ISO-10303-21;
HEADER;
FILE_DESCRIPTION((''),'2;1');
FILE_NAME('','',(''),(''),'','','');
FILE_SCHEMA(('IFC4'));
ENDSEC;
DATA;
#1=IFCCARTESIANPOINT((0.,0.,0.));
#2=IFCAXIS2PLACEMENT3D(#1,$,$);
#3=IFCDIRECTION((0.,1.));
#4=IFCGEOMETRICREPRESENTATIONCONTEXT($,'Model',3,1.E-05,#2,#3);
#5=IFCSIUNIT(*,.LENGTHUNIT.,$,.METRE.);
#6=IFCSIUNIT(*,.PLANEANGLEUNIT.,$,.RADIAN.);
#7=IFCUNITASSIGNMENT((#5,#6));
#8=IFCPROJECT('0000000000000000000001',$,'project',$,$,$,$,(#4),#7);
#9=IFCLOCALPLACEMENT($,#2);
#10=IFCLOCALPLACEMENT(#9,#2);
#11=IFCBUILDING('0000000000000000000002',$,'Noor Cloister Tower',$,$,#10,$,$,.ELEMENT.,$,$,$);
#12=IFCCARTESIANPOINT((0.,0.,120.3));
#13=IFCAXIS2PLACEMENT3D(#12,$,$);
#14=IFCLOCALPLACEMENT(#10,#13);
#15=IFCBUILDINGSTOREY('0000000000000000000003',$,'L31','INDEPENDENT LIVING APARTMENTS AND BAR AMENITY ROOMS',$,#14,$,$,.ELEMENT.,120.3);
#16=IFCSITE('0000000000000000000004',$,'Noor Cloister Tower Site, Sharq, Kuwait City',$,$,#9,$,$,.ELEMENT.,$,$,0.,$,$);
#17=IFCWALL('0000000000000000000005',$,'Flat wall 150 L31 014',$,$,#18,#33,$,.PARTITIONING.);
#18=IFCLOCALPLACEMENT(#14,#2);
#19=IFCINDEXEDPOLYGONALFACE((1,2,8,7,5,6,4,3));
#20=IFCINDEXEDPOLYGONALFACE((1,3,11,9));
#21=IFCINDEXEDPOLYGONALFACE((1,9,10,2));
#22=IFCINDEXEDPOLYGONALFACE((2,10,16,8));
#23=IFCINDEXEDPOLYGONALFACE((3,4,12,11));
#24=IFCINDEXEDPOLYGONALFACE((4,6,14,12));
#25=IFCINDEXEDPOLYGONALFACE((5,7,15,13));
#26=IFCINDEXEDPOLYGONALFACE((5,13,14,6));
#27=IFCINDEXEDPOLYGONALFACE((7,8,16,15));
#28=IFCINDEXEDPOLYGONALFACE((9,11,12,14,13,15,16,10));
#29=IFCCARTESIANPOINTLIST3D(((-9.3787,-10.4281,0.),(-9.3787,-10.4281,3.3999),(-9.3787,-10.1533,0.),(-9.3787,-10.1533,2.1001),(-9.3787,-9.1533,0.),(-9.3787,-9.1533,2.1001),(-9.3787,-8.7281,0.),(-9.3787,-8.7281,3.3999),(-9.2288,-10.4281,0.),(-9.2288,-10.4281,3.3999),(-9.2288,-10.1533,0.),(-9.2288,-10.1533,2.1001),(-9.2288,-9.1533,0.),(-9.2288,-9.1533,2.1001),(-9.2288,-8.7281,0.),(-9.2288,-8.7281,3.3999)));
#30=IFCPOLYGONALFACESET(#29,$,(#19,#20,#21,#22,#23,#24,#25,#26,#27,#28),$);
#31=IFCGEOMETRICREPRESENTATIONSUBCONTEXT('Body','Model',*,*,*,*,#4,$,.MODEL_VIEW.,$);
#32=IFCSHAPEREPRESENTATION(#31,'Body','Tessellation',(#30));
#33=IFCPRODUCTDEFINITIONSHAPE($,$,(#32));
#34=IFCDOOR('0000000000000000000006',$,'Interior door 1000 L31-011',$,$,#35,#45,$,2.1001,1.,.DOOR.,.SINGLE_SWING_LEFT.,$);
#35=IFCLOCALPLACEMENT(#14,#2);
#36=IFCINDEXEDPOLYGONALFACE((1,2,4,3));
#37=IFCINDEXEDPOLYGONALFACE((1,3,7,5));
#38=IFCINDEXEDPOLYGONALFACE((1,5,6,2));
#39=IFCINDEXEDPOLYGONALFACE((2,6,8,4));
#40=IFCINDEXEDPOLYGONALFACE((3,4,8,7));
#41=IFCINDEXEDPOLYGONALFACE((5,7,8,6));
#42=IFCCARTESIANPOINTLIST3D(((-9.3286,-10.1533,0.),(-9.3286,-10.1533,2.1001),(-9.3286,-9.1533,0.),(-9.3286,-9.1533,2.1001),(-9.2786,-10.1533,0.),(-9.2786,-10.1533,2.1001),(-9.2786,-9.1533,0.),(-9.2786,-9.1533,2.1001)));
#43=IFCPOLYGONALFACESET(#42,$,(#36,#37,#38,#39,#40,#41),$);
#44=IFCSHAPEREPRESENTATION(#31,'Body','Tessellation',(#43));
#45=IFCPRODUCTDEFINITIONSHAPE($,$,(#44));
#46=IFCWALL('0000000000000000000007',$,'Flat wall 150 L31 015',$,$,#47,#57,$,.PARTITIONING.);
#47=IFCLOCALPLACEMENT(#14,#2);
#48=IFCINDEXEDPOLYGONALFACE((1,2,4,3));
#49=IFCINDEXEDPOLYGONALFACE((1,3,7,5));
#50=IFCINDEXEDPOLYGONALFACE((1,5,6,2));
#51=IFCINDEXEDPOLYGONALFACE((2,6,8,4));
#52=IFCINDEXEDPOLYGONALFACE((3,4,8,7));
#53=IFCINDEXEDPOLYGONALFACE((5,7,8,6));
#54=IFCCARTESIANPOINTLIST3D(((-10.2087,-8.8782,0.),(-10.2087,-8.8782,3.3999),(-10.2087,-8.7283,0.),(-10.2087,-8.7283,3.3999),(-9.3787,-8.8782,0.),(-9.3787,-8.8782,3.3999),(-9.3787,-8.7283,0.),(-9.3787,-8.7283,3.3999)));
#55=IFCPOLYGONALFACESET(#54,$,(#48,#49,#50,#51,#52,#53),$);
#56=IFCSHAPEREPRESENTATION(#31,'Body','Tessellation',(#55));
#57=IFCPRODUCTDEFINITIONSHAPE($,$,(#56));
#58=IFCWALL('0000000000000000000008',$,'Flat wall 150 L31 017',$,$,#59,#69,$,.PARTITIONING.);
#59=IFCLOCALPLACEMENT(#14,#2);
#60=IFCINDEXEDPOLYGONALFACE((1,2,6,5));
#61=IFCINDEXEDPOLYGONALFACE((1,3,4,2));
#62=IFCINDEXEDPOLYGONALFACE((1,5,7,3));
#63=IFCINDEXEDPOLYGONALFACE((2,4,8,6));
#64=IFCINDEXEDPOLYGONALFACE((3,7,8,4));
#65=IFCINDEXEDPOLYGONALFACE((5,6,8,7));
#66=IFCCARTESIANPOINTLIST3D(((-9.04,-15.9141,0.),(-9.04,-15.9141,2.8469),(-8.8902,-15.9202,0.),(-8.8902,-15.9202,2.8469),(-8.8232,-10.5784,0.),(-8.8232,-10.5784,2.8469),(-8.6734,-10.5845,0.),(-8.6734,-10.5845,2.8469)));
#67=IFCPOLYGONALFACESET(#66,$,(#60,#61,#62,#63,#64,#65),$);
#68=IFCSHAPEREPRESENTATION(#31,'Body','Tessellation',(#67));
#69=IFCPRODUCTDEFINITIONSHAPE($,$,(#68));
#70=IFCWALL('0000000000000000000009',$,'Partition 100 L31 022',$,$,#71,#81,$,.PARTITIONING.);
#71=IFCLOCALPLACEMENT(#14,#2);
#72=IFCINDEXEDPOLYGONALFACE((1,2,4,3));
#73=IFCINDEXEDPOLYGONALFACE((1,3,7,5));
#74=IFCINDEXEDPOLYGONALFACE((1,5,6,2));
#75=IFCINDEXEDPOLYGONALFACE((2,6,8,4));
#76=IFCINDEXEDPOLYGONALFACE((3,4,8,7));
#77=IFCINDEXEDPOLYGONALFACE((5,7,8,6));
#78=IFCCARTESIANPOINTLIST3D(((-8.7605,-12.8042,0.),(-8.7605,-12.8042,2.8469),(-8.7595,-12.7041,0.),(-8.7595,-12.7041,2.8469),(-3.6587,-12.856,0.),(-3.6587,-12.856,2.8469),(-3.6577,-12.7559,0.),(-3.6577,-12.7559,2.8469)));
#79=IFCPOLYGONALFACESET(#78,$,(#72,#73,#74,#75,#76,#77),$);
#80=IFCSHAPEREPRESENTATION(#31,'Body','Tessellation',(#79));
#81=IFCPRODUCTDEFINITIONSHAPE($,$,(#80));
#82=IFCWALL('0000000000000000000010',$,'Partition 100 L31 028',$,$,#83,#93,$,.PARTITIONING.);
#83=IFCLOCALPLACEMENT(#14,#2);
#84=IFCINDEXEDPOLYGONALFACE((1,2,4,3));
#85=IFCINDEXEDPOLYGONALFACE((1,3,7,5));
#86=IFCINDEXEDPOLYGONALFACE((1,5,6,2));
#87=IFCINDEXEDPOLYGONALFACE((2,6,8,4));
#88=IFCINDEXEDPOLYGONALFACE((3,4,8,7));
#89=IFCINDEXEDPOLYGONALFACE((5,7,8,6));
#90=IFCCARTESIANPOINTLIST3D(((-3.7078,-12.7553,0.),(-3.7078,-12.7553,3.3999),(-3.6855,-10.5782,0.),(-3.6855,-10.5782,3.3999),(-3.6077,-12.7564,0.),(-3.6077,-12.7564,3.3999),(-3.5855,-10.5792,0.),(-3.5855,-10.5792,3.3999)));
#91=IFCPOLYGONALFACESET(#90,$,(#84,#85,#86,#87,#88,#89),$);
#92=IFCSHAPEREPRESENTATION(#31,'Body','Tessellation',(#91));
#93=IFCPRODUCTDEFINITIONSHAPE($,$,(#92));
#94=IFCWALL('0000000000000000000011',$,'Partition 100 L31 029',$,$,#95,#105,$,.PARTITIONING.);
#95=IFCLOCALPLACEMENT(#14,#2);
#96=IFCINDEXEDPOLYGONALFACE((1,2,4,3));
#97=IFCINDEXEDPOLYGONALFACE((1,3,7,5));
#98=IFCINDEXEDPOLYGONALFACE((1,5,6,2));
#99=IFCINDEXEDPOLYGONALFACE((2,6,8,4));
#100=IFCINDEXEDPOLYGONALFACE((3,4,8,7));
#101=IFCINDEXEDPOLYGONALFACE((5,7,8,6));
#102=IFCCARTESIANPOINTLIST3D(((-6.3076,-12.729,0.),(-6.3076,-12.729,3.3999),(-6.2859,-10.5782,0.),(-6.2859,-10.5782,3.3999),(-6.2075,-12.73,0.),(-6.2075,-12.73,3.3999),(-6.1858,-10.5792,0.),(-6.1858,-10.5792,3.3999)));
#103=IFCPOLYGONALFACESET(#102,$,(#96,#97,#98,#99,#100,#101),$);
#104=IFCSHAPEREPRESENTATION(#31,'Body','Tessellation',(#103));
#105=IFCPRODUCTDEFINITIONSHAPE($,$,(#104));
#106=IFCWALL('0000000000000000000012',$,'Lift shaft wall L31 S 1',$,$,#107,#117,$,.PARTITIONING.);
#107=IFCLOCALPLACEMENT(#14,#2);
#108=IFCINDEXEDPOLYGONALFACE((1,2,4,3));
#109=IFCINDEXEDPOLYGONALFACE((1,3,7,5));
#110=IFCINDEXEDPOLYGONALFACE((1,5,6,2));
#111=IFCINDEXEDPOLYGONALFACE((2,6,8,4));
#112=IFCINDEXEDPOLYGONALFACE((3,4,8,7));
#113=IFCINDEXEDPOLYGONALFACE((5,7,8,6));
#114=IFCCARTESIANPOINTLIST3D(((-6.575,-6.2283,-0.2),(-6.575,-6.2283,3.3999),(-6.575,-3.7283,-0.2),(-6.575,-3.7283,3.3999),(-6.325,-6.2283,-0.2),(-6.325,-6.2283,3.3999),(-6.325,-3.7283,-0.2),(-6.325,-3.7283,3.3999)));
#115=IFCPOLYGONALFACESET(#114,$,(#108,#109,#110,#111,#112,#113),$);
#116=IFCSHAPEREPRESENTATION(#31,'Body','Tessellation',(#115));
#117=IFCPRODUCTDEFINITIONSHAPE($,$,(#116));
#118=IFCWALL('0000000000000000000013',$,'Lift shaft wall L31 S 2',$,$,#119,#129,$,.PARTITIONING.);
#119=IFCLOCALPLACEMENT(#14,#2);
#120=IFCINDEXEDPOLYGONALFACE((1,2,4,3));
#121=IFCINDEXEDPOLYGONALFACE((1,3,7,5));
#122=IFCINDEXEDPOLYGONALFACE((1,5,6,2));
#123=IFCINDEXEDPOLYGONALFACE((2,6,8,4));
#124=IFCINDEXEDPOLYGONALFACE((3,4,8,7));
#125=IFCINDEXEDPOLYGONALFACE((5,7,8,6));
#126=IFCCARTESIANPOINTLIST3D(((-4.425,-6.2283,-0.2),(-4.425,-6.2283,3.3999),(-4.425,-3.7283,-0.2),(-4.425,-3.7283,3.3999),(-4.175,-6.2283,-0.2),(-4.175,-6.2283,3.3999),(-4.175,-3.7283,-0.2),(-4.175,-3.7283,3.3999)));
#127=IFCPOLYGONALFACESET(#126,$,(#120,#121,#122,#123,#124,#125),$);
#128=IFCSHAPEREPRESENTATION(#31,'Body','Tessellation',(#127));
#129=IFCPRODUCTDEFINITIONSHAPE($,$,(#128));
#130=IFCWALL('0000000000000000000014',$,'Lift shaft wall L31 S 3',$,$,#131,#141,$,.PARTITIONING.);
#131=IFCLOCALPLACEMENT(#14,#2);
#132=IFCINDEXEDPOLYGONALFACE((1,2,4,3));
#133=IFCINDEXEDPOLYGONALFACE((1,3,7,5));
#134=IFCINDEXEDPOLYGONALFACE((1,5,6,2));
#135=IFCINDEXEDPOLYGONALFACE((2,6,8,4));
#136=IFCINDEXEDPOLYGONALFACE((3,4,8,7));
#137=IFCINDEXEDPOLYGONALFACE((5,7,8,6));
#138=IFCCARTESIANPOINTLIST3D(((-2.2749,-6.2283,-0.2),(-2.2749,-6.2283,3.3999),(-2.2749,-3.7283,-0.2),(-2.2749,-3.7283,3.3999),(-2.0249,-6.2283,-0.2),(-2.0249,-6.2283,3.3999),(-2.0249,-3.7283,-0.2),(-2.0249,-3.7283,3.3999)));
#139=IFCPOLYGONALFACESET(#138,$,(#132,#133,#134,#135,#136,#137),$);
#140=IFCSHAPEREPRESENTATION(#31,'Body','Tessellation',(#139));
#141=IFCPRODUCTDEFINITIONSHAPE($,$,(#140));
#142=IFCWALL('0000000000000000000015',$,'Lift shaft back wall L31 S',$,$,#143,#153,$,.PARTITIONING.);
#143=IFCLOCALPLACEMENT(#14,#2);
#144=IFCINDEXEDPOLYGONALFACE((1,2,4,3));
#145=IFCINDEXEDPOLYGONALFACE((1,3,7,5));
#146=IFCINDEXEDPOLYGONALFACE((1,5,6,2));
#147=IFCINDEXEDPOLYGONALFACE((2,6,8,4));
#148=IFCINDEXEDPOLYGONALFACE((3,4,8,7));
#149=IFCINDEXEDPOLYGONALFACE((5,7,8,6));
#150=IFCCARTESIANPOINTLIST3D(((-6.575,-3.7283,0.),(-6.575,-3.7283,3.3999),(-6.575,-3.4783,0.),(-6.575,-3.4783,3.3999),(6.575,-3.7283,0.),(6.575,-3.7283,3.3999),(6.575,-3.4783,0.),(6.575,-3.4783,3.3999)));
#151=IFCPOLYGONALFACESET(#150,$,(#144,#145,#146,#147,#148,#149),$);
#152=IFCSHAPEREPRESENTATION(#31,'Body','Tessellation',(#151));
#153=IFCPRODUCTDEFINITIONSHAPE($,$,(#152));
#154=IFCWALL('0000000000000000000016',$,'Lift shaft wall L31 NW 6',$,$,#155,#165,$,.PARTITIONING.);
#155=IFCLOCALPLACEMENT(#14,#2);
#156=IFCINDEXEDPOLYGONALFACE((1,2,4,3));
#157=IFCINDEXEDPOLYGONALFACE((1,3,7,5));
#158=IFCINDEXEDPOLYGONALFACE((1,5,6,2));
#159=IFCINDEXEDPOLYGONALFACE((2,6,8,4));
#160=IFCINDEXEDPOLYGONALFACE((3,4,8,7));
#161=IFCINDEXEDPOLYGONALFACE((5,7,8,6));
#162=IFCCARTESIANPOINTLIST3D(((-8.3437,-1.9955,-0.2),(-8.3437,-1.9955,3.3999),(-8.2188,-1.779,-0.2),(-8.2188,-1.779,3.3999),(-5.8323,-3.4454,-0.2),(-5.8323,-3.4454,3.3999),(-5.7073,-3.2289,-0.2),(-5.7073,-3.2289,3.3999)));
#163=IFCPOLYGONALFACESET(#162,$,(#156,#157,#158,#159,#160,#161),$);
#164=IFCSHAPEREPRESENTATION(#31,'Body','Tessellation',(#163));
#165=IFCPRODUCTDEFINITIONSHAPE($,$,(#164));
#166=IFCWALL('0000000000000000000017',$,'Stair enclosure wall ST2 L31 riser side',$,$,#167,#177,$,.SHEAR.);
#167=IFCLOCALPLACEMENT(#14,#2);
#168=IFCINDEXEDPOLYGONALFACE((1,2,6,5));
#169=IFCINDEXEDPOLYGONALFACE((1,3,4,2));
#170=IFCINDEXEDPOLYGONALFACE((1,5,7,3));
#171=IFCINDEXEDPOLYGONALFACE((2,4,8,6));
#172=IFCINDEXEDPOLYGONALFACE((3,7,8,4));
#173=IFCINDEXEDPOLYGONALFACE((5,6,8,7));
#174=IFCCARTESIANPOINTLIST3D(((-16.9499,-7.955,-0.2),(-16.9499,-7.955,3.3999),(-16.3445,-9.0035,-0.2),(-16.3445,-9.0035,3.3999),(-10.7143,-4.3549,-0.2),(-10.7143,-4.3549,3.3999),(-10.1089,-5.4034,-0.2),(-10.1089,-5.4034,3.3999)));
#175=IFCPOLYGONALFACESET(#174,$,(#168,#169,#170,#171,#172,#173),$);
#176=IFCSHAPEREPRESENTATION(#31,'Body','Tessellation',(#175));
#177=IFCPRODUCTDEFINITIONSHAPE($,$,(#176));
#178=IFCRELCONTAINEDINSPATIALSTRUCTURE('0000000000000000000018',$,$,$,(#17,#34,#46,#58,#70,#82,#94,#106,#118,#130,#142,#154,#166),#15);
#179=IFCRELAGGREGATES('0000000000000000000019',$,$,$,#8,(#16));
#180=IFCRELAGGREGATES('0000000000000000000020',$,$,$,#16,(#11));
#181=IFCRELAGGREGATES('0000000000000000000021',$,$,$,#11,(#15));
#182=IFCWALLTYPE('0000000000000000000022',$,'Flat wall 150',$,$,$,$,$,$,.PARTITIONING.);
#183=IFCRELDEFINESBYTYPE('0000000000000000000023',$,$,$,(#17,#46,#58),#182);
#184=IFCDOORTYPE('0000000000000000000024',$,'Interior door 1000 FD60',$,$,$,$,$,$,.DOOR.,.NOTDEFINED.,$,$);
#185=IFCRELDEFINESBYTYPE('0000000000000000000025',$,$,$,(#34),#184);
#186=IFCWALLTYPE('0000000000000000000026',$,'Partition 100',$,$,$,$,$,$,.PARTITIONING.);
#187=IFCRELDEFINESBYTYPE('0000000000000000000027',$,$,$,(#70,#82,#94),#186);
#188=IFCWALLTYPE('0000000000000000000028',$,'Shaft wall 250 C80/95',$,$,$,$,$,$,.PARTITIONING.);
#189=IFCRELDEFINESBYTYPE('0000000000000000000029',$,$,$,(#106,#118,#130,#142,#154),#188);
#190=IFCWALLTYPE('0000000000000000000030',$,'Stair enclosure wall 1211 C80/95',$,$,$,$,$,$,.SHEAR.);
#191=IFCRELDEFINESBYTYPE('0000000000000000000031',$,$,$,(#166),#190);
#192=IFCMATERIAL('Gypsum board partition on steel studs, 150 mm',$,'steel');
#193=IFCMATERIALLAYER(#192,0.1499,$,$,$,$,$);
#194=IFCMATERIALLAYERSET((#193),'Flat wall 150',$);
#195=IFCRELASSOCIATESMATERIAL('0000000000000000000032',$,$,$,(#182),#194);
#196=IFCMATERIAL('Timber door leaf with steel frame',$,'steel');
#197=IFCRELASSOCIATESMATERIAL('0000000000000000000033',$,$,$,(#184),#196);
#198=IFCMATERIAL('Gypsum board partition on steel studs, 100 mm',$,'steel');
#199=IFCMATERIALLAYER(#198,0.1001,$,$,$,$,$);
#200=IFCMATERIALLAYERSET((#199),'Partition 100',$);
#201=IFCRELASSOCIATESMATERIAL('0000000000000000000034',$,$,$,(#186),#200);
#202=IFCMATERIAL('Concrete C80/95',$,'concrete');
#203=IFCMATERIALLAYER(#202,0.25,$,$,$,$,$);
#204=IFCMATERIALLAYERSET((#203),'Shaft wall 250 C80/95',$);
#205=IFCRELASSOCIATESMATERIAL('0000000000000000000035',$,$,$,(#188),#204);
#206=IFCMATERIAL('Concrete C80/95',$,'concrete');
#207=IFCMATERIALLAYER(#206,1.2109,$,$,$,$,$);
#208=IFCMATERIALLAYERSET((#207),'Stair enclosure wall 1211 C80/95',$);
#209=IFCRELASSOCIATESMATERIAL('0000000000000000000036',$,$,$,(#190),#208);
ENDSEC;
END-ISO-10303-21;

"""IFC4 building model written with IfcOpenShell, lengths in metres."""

from ifc_helpers import new_model, si_unit, direction, frame, frame_2d, origin, place, context, subcontext, project, spatial, rectangle, extrude, material, layer, layer_set, type_object, element, fill, save


model = new_model("IFC4")

# Units and contexts
model_context = context("Model", 3, precision=1e-05, world=origin(), true_north=direction((0.0, 1.0)))
body_context = subcontext(model_context, "Body", "Model", "MODEL_VIEW")
ifc_project = project(units=[si_unit("LENGTHUNIT", "METRE"), si_unit("PLANEANGLEUNIT", "RADIAN")], contexts=[model_context])

# Site, building, storey
site_placement = place(None, origin())
site = spatial("IfcSite", under=ifc_project, at=site_placement, Name="Noor Cloister Tower Site, Sharq, Kuwait City", CompositionType="ELEMENT", RefElevation=0.0)
building_placement = place(site_placement, origin())
building = spatial("IfcBuilding", under=site, at=building_placement, Name="Noor Cloister Tower", CompositionType="ELEMENT")
storey_placement = place(building_placement, frame((0.0, 0.0, 120.3)))
storey = spatial("IfcBuildingStorey", under=building, at=storey_placement, Name="L31", Description="INDEPENDENT LIVING APARTMENTS AND BAR AMENITY ROOMS", CompositionType="ELEMENT", Elevation=120.3)

# Wall, opening, door
ifc_material_1 = material(Name="Gypsum board partition on steel studs, 150 mm", Category="steel")
ifc_layer_1 = layer(ifc_material_1, 0.1499)
ifc_layer_set_1 = layer_set([ifc_layer_1], Name="Flat wall 150")
wall_type_1 = type_object("IfcWallType", Name="Flat wall 150", PredefinedType="PARTITIONING", material=ifc_layer_set_1)
wall_1_placement = place(storey_placement, frame((-9.3037, -10.4282, 0.0), z_axis=(0.0, 0.0, 1.0), x_axis=(0.0, 1.0, 0.0)))
wall_1 = element("IfcWall", 1, at=wall_1_placement, inside=storey, type_object=wall_type_1, Name="Flat wall 150 L31 014", PredefinedType="PARTITIONING", context=body_context, shape_type="SweptSolid", body=[
    extrude(rectangle(XDim=1.7, YDim=0.1499, at=frame_2d((0.8501, 0.0))), origin(), (0.0, 0.0, 1.0), 3.3999),
])
opening_1_placement = place(wall_1_placement, frame((0.2749, 0.0, 0.0)))
opening_1 = element("IfcOpeningElement", 2, at=opening_1_placement, cuts=wall_1, PredefinedType="OPENING", context=body_context, shape_type="SweptSolid", body=[
    extrude(rectangle(XDim=1.0, YDim=2.1001, at=frame_2d((0.5, 1.05))), frame((0.0, 0.085, 0.0), z_axis=(0.0, -1.0, 0.0), x_axis=(1.0, 0.0, 0.0)), (0.0, 0.0, 1.0), 0.1699),
])
ifc_material_2 = material(Name="Timber door leaf with steel frame", Category="steel")
door_type_1 = type_object("IfcDoorType", Name="Interior door 1000 FD60", OperationType="NOTDEFINED", PredefinedType="DOOR", material=ifc_material_2)
door_1_placement = place(opening_1_placement, origin())
door_1 = element("IfcDoor", 3, at=door_1_placement, inside=storey, type_object=door_type_1, Name="Interior door 1000 L31-011", OperationType="SINGLE_SWING_LEFT", OverallHeight=2.1001, OverallWidth=1.0, PredefinedType="DOOR", context=body_context, shape_type="SweptSolid", body=[
    extrude(rectangle(XDim=1.0, YDim=2.1001, at=frame_2d((0.5, 1.05))), frame((0.0, 0.0249, 0.0), z_axis=(0.0, -1.0, 0.0), x_axis=(1.0, 0.0, 0.0)), (0.0, 0.0, 1.0), 0.05),
])
fill(opening_1, door_1)

# Walls
wall_2_placement = place(storey_placement, frame((-10.2087, -8.8032, 0.0), z_axis=(0.0, 0.0, 1.0), x_axis=(1.0, 0.0, 0.0)))
element("IfcWall", 4, at=wall_2_placement, inside=storey, type_object=wall_type_1, Name="Flat wall 150 L31 015", PredefinedType="PARTITIONING", context=body_context, shape_type="SweptSolid", body=[
    extrude(rectangle(XDim=0.8301, YDim=0.1499, at=frame_2d((0.415, 0.0))), origin(), (0.0, 0.0, 1.0), 3.3999),
])
wall_3_placement = place(storey_placement, frame((-8.9651, -15.917, 0.0), z_axis=(0.0, 0.0, 1.0), x_axis=(0.040598, 0.999176, 0.0)))
element("IfcWall", 5, at=wall_3_placement, inside=storey, type_object=wall_type_1, Name="Flat wall 150 L31 017", PredefinedType="PARTITIONING", context=body_context, shape_type="SweptSolid", body=[
    extrude(rectangle(XDim=5.3401, YDim=0.1499, at=frame_2d((2.6699, 0.0))), origin(), (0.0, 0.0, 1.0), 2.8469),
])
ifc_material_3 = material(Name="Gypsum board partition on steel studs, 100 mm", Category="steel")
ifc_layer_2 = layer(ifc_material_3, 0.1001)
ifc_layer_set_2 = layer_set([ifc_layer_2], Name="Partition 100")
wall_type_2 = type_object("IfcWallType", Name="Partition 100", PredefinedType="PARTITIONING", material=ifc_layer_set_2)
wall_4_placement = place(storey_placement, frame((-8.76, -12.7542, 0.0), z_axis=(0.0, 0.0, 1.0), x_axis=(0.999949, -0.010144, 0.0)))
element("IfcWall", 6, at=wall_4_placement, inside=storey, type_object=wall_type_2, Name="Partition 100 L31 022", PredefinedType="PARTITIONING", context=body_context, shape_type="SweptSolid", body=[
    extrude(rectangle(XDim=5.1021, YDim=0.1001, at=frame_2d((2.551, 0.0))), origin(), (0.0, 0.0, 1.0), 2.8469),
])
wall_5_placement = place(storey_placement, frame((-3.6577, -12.7559, 0.0), z_axis=(0.0, 0.0, 1.0), x_axis=(0.010204, 0.999948, 0.0)))
element("IfcWall", 7, at=wall_5_placement, inside=storey, type_object=wall_type_2, Name="Partition 100 L31 028", PredefinedType="PARTITIONING", context=body_context, shape_type="SweptSolid", body=[
    extrude(rectangle(XDim=2.1772, YDim=0.1001, at=frame_2d((1.0886, 0.0))), origin(), (0.0, 0.0, 1.0), 3.3999),
])
wall_6_placement = place(storey_placement, frame((-6.2576, -12.7295, 0.0), z_axis=(0.0, 0.0, 1.0), x_axis=(0.010102, 0.999949, 0.0)))
element("IfcWall", 8, at=wall_6_placement, inside=storey, type_object=wall_type_2, Name="Partition 100 L31 029", PredefinedType="PARTITIONING", context=body_context, shape_type="SweptSolid", body=[
    extrude(rectangle(XDim=2.1509, YDim=0.1001, at=frame_2d((1.0754, 0.0))), origin(), (0.0, 0.0, 1.0), 3.3999),
])
ifc_material_4 = material(Name="Concrete C80/95", Category="concrete")
ifc_layer_3 = layer(ifc_material_4, 0.25)
ifc_layer_set_3 = layer_set([ifc_layer_3], Name="Shaft wall 250 C80/95")
wall_type_3 = type_object("IfcWallType", Name="Shaft wall 250 C80/95", PredefinedType="PARTITIONING", material=ifc_layer_set_3)
for number, where, z_axis, x_axis, name in (
    (9, (-6.45, -6.2283, -0.2), (0.0, 0.0, 1.0), (0.0, 1.0, 0.0), "Lift shaft wall L31 S 1"),
    (10, (-4.3, -6.2283, -0.2), (0.0, 0.0, 1.0), (0.0, 1.0, 0.0), "Lift shaft wall L31 S 2"),
    (11, (-2.1499, -6.2283, -0.2), (0.0, 0.0, 1.0), (0.0, 1.0, 0.0), "Lift shaft wall L31 S 3"),
):
    element("IfcWall", number, at=place(storey_placement, frame(where, z_axis=z_axis, x_axis=x_axis)), inside=storey, type_object=wall_type_3, Name=name, PredefinedType="PARTITIONING", context=body_context, shape_type="SweptSolid", body=[
        extrude(rectangle(XDim=2.5, YDim=0.25, at=frame_2d((1.25, 0.0))), origin(), (0.0, 0.0, 1.0), 3.5999),
    ])
wall_7_placement = place(storey_placement, frame((-6.575, -3.6033, 0.0), z_axis=(0.0, 0.0, 1.0), x_axis=(1.0, 0.0, 0.0)))
element("IfcWall", 12, at=wall_7_placement, inside=storey, type_object=wall_type_3, Name="Lift shaft back wall L31 S", PredefinedType="PARTITIONING", context=body_context, shape_type="SweptSolid", body=[
    extrude(rectangle(XDim=13.1499, YDim=0.25, at=frame_2d((6.575, 0.0))), origin(), (0.0, 0.0, 1.0), 3.3999),
])
wall_8_placement = place(storey_placement, frame((-8.2812, -1.8872, -0.2), z_axis=(0.0, 0.0, 1.0), x_axis=(0.866033, -0.499987, 0.0)))
element("IfcWall", 13, at=wall_8_placement, inside=storey, type_object=wall_type_3, Name="Lift shaft wall L31 NW 6", PredefinedType="PARTITIONING", context=body_context, shape_type="SweptSolid", body=[
    extrude(rectangle(XDim=2.8999, YDim=0.25, at=frame_2d((1.45, 0.0))), origin(), (0.0, 0.0, 1.0), 3.5999),
])
ifc_material_5 = material(Name="Concrete C80/95", Category="concrete")
ifc_layer_4 = layer(ifc_material_5, 1.2109)
ifc_layer_set_4 = layer_set([ifc_layer_4], Name="Stair enclosure wall 1211 C80/95")
wall_type_4 = type_object("IfcWallType", Name="Stair enclosure wall 1211 C80/95", PredefinedType="SHEAR", material=ifc_layer_set_4)
wall_9_placement = place(storey_placement, frame((-10.4116, -4.8792, -0.2), z_axis=(0.0, 0.0, 1.0), x_axis=(-0.866027, -0.499997, 0.0)))
element("IfcWall", 14, at=wall_9_placement, inside=storey, type_object=wall_type_4, Name="Stair enclosure wall ST2 L31 riser side", PredefinedType="SHEAR", context=body_context, shape_type="SweptSolid", body=[
    extrude(rectangle(XDim=7.2002, YDim=1.2107, at=frame_2d((3.6001, 0.0))), origin(), (0.0, 0.0, 1.0), 3.5999),
])

save(model, "model.ifc")
